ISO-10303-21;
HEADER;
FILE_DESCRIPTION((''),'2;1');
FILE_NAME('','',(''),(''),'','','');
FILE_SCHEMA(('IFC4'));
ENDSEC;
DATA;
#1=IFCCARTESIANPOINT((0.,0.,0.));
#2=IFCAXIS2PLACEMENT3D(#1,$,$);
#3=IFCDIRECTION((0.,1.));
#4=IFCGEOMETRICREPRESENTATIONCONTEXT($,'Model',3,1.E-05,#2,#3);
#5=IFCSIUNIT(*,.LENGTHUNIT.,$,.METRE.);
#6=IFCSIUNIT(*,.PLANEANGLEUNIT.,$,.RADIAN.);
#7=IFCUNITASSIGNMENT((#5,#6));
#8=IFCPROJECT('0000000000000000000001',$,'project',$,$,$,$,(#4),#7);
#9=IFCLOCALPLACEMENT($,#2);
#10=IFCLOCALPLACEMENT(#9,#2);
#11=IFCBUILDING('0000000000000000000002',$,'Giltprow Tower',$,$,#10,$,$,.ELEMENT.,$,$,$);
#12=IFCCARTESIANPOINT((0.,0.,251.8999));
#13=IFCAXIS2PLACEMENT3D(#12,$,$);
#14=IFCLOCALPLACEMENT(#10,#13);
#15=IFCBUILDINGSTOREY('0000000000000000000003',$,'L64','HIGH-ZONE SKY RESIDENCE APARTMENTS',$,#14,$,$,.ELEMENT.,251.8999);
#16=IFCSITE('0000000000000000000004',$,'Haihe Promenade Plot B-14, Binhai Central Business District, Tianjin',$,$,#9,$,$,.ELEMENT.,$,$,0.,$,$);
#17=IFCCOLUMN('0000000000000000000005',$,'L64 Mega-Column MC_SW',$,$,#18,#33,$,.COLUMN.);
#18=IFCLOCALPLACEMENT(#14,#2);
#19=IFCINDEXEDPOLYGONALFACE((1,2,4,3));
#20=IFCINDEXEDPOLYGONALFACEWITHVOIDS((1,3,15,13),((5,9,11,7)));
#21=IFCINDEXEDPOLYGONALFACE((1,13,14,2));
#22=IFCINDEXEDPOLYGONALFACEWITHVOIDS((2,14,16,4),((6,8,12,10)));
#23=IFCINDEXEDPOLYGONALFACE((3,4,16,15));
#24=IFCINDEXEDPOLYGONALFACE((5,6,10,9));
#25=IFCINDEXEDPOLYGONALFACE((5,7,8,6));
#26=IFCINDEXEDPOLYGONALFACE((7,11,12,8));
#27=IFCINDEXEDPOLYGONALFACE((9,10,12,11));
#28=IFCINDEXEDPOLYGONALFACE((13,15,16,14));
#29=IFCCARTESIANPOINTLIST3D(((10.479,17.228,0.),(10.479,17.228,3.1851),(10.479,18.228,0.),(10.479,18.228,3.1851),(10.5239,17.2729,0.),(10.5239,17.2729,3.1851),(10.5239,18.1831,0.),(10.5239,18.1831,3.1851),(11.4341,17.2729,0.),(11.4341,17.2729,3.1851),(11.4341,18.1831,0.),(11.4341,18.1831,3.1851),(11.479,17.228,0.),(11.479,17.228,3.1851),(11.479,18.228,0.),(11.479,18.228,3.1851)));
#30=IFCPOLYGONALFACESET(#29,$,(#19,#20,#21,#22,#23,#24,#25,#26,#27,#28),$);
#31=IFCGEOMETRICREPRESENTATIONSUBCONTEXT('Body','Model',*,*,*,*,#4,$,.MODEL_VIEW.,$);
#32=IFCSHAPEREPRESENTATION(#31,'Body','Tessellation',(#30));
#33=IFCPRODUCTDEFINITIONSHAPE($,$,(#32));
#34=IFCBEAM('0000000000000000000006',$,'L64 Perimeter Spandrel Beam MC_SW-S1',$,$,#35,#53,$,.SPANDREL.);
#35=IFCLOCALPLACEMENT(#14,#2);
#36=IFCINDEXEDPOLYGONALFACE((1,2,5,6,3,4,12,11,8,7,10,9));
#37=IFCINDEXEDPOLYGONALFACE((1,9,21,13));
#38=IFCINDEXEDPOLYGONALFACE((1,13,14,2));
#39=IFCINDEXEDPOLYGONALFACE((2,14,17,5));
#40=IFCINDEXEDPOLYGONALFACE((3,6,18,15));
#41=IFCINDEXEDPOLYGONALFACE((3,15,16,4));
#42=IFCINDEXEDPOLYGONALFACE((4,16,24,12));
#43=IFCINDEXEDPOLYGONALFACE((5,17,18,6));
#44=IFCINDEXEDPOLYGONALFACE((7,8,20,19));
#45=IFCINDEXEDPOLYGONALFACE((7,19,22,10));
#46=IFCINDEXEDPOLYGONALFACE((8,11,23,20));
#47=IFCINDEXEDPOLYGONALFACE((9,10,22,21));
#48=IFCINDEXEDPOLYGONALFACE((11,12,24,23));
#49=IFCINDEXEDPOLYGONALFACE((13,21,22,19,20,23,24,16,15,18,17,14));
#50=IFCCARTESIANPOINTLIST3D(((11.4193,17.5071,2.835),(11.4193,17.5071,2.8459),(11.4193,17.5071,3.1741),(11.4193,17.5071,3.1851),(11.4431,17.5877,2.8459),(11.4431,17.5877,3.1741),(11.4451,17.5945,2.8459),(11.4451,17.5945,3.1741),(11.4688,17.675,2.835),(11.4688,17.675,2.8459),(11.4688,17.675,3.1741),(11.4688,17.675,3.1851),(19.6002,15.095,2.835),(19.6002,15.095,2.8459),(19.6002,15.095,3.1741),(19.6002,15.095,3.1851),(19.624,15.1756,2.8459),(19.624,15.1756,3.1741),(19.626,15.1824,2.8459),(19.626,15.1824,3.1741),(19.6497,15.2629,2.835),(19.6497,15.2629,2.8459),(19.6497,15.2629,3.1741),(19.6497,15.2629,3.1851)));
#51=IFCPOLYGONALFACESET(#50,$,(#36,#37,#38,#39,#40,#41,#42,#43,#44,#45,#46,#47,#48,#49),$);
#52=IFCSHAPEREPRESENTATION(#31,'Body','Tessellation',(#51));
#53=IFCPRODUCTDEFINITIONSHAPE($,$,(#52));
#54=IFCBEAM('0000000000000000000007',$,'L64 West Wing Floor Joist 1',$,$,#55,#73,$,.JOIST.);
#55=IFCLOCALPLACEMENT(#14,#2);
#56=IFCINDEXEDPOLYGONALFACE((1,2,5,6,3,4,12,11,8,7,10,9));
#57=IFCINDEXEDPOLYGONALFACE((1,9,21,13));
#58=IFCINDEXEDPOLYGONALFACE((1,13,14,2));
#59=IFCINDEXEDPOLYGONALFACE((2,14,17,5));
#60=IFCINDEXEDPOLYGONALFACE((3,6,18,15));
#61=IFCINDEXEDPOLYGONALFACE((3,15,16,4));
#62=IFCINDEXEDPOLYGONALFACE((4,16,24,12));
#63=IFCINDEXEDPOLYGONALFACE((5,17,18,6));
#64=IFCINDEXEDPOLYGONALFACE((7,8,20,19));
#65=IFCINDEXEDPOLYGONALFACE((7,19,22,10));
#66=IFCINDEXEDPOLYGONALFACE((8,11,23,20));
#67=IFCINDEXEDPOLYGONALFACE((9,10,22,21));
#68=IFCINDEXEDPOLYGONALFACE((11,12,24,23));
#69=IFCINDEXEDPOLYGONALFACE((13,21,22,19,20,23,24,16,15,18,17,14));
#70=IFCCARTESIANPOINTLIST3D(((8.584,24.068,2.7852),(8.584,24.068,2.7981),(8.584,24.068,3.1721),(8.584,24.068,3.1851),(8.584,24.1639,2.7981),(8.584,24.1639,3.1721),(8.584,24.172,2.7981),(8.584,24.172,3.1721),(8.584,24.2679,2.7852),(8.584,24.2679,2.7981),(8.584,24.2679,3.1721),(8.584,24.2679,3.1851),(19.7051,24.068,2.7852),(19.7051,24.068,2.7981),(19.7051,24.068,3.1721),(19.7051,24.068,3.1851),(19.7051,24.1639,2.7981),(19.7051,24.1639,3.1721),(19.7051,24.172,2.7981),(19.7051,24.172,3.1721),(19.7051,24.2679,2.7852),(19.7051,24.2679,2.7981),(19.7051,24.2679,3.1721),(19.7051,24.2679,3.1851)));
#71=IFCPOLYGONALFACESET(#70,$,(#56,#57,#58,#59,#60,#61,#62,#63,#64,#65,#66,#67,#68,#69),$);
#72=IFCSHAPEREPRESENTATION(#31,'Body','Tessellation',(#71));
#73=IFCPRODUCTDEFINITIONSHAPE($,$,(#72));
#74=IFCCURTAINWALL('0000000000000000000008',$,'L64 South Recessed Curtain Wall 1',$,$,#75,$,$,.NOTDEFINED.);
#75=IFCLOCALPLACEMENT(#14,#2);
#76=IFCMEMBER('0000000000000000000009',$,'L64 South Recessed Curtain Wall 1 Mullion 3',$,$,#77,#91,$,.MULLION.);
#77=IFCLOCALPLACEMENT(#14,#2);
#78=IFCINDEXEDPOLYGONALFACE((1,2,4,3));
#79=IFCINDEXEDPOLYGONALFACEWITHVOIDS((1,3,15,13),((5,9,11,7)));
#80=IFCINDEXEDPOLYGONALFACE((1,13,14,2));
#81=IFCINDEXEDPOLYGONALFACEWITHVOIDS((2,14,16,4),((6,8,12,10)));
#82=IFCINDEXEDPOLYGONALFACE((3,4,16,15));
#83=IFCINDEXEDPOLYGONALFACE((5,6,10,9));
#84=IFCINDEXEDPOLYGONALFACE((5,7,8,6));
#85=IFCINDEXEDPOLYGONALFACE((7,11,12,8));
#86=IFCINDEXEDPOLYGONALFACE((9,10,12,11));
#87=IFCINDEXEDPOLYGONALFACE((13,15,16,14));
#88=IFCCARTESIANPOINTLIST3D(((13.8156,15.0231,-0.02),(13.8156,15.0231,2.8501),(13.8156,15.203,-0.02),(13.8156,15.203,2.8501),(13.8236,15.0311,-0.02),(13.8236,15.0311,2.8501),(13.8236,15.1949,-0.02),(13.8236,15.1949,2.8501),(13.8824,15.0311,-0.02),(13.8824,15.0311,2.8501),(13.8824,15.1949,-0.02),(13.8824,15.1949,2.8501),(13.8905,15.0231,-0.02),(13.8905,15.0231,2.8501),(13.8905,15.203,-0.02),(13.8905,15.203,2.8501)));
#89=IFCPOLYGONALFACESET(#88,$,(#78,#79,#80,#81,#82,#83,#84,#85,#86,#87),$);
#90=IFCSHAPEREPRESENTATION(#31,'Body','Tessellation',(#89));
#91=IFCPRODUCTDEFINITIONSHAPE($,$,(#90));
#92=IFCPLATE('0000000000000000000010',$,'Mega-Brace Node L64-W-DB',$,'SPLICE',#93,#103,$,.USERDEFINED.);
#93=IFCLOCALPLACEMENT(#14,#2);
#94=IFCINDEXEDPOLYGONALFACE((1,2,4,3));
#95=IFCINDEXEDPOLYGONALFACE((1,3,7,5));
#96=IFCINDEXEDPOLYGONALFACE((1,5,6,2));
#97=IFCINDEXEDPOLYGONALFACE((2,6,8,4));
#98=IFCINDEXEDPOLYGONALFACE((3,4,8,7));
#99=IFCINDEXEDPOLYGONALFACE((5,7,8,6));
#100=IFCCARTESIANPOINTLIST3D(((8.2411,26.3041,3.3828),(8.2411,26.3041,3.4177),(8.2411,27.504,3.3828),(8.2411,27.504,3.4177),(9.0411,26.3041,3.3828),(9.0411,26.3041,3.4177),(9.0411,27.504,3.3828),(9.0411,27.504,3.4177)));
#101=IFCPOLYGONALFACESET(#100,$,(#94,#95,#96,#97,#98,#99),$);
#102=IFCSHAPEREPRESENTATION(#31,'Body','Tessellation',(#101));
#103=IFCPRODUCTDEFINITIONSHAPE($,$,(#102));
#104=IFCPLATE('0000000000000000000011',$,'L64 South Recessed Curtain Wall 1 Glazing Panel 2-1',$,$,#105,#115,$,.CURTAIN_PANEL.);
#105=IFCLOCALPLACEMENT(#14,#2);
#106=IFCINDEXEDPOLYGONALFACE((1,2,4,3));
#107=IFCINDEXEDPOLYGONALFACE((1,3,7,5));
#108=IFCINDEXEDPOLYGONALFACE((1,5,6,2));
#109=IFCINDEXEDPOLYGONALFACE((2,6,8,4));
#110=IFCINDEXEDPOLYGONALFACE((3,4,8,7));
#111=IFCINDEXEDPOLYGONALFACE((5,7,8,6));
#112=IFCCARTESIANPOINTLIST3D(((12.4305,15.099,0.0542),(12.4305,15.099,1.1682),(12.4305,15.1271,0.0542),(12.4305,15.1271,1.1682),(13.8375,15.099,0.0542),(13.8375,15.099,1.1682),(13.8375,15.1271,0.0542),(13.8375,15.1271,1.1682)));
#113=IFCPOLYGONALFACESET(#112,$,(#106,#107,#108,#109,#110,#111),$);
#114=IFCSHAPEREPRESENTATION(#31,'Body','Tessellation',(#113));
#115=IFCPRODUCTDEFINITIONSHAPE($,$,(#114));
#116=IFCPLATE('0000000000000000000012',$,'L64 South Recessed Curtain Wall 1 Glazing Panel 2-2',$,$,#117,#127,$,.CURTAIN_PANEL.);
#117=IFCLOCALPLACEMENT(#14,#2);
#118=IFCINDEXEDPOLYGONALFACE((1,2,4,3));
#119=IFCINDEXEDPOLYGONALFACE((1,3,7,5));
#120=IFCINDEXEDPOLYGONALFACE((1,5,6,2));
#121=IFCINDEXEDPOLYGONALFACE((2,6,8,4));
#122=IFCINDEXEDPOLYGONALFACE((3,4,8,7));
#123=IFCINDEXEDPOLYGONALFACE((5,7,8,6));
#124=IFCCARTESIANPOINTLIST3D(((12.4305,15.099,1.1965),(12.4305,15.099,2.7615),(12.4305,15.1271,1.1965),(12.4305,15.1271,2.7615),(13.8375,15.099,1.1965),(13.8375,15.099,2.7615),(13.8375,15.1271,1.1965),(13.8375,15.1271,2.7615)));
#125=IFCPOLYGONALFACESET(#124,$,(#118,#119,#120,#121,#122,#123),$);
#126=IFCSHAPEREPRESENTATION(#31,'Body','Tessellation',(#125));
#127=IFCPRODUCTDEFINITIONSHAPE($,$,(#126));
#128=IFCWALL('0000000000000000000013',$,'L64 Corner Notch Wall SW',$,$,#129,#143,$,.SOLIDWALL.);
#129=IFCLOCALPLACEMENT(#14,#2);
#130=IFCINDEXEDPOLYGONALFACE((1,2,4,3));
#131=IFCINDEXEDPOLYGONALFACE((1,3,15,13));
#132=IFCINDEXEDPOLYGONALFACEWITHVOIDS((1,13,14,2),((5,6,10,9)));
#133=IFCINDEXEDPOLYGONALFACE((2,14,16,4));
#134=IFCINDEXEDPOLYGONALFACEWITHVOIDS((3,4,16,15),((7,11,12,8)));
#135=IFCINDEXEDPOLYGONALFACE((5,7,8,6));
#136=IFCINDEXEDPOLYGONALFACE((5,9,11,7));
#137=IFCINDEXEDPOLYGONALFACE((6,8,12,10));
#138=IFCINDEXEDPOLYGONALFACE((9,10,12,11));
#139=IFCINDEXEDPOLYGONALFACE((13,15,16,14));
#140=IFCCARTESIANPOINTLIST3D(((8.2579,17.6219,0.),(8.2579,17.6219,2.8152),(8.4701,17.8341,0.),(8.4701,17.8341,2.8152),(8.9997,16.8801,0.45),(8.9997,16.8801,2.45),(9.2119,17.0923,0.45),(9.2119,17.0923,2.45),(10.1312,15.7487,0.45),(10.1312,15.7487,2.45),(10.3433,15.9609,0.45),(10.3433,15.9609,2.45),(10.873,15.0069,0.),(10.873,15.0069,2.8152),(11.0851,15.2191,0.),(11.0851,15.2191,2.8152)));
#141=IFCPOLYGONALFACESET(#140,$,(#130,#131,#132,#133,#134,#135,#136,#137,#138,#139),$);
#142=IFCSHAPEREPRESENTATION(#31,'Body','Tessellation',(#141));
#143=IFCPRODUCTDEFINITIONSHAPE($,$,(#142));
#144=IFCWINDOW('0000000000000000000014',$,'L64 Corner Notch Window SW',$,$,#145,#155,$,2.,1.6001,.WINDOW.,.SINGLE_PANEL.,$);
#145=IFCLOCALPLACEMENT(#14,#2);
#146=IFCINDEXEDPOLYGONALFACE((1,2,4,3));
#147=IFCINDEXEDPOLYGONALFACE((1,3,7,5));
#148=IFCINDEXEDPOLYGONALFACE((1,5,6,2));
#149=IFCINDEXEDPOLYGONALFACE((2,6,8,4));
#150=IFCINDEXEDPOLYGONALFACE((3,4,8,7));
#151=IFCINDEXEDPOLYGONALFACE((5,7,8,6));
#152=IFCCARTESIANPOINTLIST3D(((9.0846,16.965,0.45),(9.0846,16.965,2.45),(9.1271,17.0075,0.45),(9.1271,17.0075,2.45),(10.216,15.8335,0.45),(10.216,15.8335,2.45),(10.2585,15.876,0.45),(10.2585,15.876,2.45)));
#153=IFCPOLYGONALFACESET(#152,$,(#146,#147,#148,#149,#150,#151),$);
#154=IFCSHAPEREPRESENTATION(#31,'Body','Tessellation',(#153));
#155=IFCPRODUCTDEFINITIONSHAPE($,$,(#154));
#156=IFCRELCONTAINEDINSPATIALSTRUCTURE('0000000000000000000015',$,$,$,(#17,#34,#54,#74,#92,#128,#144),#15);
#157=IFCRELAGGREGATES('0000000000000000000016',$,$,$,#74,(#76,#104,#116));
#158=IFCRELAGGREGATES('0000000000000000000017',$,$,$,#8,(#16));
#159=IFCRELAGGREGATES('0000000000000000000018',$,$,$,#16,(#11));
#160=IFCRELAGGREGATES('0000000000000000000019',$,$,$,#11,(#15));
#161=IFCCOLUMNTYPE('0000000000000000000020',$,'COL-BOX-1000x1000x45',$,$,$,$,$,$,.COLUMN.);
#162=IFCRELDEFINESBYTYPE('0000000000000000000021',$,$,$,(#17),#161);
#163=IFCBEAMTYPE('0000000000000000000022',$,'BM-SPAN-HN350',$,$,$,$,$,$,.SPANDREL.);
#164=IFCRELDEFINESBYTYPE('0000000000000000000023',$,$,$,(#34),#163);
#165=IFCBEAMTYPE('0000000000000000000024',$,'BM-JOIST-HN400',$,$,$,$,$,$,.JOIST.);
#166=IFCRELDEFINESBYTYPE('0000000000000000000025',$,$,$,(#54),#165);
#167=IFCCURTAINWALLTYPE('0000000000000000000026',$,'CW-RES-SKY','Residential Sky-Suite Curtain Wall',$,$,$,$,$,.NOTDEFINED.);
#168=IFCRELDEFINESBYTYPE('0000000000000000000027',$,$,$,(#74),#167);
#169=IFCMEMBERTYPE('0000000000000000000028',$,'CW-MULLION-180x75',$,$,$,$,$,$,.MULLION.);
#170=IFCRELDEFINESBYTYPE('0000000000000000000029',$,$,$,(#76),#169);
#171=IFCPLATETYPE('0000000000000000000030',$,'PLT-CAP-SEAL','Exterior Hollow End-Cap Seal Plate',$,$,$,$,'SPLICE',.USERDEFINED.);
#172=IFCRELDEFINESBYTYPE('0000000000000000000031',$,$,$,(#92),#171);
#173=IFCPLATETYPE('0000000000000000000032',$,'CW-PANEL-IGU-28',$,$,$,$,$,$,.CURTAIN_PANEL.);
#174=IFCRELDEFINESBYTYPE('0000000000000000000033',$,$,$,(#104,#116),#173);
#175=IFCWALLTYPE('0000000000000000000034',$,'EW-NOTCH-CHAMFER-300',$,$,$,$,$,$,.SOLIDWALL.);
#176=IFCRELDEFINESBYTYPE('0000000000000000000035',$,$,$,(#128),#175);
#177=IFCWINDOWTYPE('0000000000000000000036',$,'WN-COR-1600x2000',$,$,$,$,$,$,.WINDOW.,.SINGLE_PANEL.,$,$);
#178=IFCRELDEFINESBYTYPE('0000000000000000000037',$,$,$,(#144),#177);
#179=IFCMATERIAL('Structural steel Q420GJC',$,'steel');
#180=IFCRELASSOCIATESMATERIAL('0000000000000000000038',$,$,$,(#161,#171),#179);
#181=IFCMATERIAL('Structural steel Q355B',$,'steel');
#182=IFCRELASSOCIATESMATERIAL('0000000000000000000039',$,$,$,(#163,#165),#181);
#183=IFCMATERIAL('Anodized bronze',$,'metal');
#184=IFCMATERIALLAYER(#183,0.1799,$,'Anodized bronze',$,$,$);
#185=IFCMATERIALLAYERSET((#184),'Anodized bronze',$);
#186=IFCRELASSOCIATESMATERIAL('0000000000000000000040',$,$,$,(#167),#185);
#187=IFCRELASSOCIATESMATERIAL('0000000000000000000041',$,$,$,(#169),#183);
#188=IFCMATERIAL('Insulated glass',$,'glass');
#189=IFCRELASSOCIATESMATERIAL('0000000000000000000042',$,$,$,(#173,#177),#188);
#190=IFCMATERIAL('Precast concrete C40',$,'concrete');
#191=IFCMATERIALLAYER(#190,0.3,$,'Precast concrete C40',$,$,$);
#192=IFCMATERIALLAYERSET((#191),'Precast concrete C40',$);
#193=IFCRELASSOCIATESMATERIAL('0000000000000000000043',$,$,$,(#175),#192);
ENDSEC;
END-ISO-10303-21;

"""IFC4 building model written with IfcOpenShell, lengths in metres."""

from ifc_helpers import new_model, si_unit, direction, frame, frame_2d, origin, origin_2d, place, context, subcontext, project, spatial, rectangle, hollow_rectangle, i_section, extrude, source, transform, mapped, material, layer, layer_set, material_profile, profile_set, type_object, element, fill, aggregate, save


model = new_model("IFC4")

# Units and contexts
model_context = context("Model", 3, precision=1e-05, world=origin(), true_north=direction((0.0, 1.0)))
body_context = subcontext(model_context, "Body", "Model", "MODEL_VIEW")
ifc_project = project(units=[si_unit("LENGTHUNIT", "METRE"), si_unit("PLANEANGLEUNIT", "RADIAN")], contexts=[model_context])

# Site, building, storey
site_placement = place(None, origin())
site = spatial("IfcSite", under=ifc_project, at=site_placement, Name="Haihe Promenade Plot B-14, Binhai Central Business District, Tianjin", CompositionType="ELEMENT", RefElevation=0.0)
building_placement = place(site_placement, origin())
building = spatial("IfcBuilding", under=site, at=building_placement, Name="Giltprow Tower", CompositionType="ELEMENT")
storey_placement = place(building_placement, frame((0.0, 0.0, 251.8999)))
storey = spatial("IfcBuildingStorey", under=building, at=storey_placement, Name="L64", Description="HIGH-ZONE SKY RESIDENCE APARTMENTS", CompositionType="ELEMENT", Elevation=251.8999)

# Column
ifc_material_1 = material(Name="Structural steel Q420GJC", Category="steel")
ifc_material_profile_1 = material_profile(ifc_material_1, hollow_rectangle(XDim=1.0, YDim=1.0, WallThickness=0.0449, at=origin_2d()), Name="BOX 1000x1000x45")
ifc_profile_set_1 = profile_set([ifc_material_profile_1], Name="Structural steel Q420GJC")
column_type = type_object("IfcColumnType", Name="COL-BOX-1000x1000x45", PredefinedType="COLUMN", material=ifc_profile_set_1)
shared_shape_1 = source(origin(), body_context, "Body", "SweptSolid", [
    extrude(hollow_rectangle(XDim=1.0, YDim=1.0, WallThickness=0.0449, at=origin_2d()), origin(), (0.0, 0.0, 1.0), 3.1851),
])
column_placement = place(storey_placement, frame((10.979, 17.728, 0.0), z_axis=(0.0, 0.0, 1.0), x_axis=(1.0, 0.0, 0.0)))
element("IfcColumn", 1, at=column_placement, inside=storey, type_object=column_type, Name="L64 Mega-Column MC_SW", PredefinedType="COLUMN", context=body_context, shape_type="MappedRepresentation", body=[
    mapped(shared_shape_1, transform((0.0, 0.0, 0.0), x_axis=(1.0, 0.0, 0.0), y_axis=(0.0, 1.0, 0.0), z_axis=(0.0, 0.0, 1.0), scale=1.0)),
])

# Beams
ifc_material_2 = material(Name="Structural steel Q355B", Category="steel")
ifc_material_profile_2 = material_profile(ifc_material_2, i_section(OverallWidth=0.175, OverallDepth=0.3501, WebThickness=0.0071, FlangeThickness=0.011, at=origin_2d()), Name="HN 350x175x7x11")
ifc_profile_set_2 = profile_set([ifc_material_profile_2], Name="Structural steel Q355B")
beam_type_1 = type_object("IfcBeamType", Name="BM-SPAN-HN350", PredefinedType="SPANDREL", material=ifc_profile_set_2)
shared_shape_2 = source(origin(), body_context, "Body", "SweptSolid", [
    extrude(i_section(OverallWidth=0.175, OverallDepth=0.3501, WebThickness=0.0071, FlangeThickness=0.011, at=origin_2d()), origin(), (0.0, 0.0, 1.0), 8.5291),
])
beam_1_placement = place(storey_placement, frame((11.4441, 17.5911, 3.01), z_axis=(0.959176, -0.282809, 0.0), x_axis=(0.282809, 0.959176, 0.0)))
element("IfcBeam", 2, at=beam_1_placement, inside=storey, type_object=beam_type_1, Name="L64 Perimeter Spandrel Beam MC_SW-S1", PredefinedType="SPANDREL", context=body_context, shape_type="MappedRepresentation", body=[
    mapped(shared_shape_2, transform((0.0, 0.0, 0.0), x_axis=(1.0, 0.0, 0.0), y_axis=(0.0, 1.0, 0.0), z_axis=(0.0, 0.0, 1.0), scale=1.0)),
])
ifc_material_profile_3 = material_profile(ifc_material_2, i_section(OverallWidth=0.2, OverallDepth=0.3999, WebThickness=0.0081, FlangeThickness=0.0129, at=origin_2d()), Name="HN 400x200x8x13")
ifc_profile_set_3 = profile_set([ifc_material_profile_3], Name="Structural steel Q355B")
beam_type_2 = type_object("IfcBeamType", Name="BM-JOIST-HN400", PredefinedType="JOIST", material=ifc_profile_set_3)
shared_shape_3 = source(origin(), body_context, "Body", "SweptSolid", [
    extrude(i_section(OverallWidth=0.2, OverallDepth=0.3999, WebThickness=0.0081, FlangeThickness=0.0129, at=origin_2d()), origin(), (0.0, 0.0, 1.0), 11.1211),
])
beam_2_placement = place(storey_placement, frame((8.584, 24.168, 2.9851), z_axis=(1.0, 0.0, 0.0), x_axis=(0.0, 1.0, 0.0)))
element("IfcBeam", 3, at=beam_2_placement, inside=storey, type_object=beam_type_2, Name="L64 West Wing Floor Joist 1", PredefinedType="JOIST", context=body_context, shape_type="MappedRepresentation", body=[
    mapped(shared_shape_3, transform((0.0, 0.0, 0.0), x_axis=(1.0, 0.0, 0.0), y_axis=(0.0, 1.0, 0.0), z_axis=(0.0, 0.0, 1.0), scale=1.0)),
])

# Curtain wall, member
ifc_material_3 = material(Name="Anodized bronze", Category="metal")
ifc_layer_1 = layer(ifc_material_3, 0.1799, Name="Anodized bronze")
ifc_layer_set_1 = layer_set([ifc_layer_1], Name="Anodized bronze")
curtain_wall_type = type_object("IfcCurtainWallType", Name="CW-RES-SKY", Description="Residential Sky-Suite Curtain Wall", PredefinedType="NOTDEFINED", material=ifc_layer_set_1)
curtain_wall_placement = place(storey_placement, origin())
curtain_wall = element("IfcCurtainWall", 4, at=curtain_wall_placement, inside=storey, type_object=curtain_wall_type, Name="L64 South Recessed Curtain Wall 1", PredefinedType="NOTDEFINED")
ifc_material_profile_4 = material_profile(ifc_material_3, hollow_rectangle(XDim=0.075, YDim=0.1799, WallThickness=0.0081, at=origin_2d()), Name="RHS 180x75x8")
ifc_profile_set_4 = profile_set([ifc_material_profile_4], Name="Anodized bronze")
member_type = type_object("IfcMemberType", Name="CW-MULLION-180x75", PredefinedType="MULLION", material=ifc_profile_set_4)
shared_shape_4 = source(origin(), body_context, "Body", "SweptSolid", [
    extrude(hollow_rectangle(XDim=0.075, YDim=0.1799, WallThickness=0.0081, at=origin_2d()), origin(), (0.0, 0.0, 1.0), 2.8701),
])
member_placement = place(storey_placement, frame((13.853, 15.113, -0.02), z_axis=(0.0, 0.0, 1.0), x_axis=(1.0, 0.0, 0.0)))
member = element("IfcMember", 5, at=member_placement, type_object=member_type, Name="L64 South Recessed Curtain Wall 1 Mullion 3", PredefinedType="MULLION", context=body_context, shape_type="MappedRepresentation", body=[
    mapped(shared_shape_4, transform((0.0, 0.0, 0.0), x_axis=(1.0, 0.0, 0.0), y_axis=(0.0, 1.0, 0.0), z_axis=(0.0, 0.0, 1.0), scale=1.0)),
])

# Plates
plate_type_1 = type_object("IfcPlateType", Name="PLT-CAP-SEAL", Description="Exterior Hollow End-Cap Seal Plate", ElementType="SPLICE", PredefinedType="USERDEFINED", material=ifc_material_1)
shared_shape_5 = source(origin(), body_context, "Body", "SweptSolid", [
    extrude(rectangle(XDim=1.2, YDim=0.8, at=origin_2d()), origin(), (0.0, 0.0, 1.0), 0.0349),
])
plate_1_placement = place(storey_placement, frame((8.6411, 26.9041, 3.3828), z_axis=(0.0, 0.0, 1.0), x_axis=(0.0, 1.0, 0.0)))
element("IfcPlate", 6, at=plate_1_placement, inside=storey, type_object=plate_type_1, Name="Mega-Brace Node L64-W-DB", ObjectType="SPLICE", PredefinedType="USERDEFINED", context=body_context, shape_type="MappedRepresentation", body=[
    mapped(shared_shape_5, transform((0.0, 0.0, 0.0), x_axis=(1.0, 0.0, 0.0), y_axis=(0.0, 1.0, 0.0), z_axis=(0.0, 0.0, 1.0), scale=1.0)),
])
ifc_material_4 = material(Name="Insulated glass", Category="glass")
plate_type_2 = type_object("IfcPlateType", Name="CW-PANEL-IGU-28", PredefinedType="CURTAIN_PANEL", material=ifc_material_4)
shared_shape_6 = source(origin(), body_context, "Body", "SweptSolid", [
    extrude(rectangle(XDim=1.407, YDim=0.0281, at=origin_2d()), origin(), (0.0, 0.0, 1.0), 1.114),
])
plate_2_placement = place(storey_placement, frame((13.134, 15.113, 0.0542), z_axis=(0.0, 0.0, 1.0), x_axis=(1.0, 0.0, 0.0)))
plate_2 = element("IfcPlate", 7, at=plate_2_placement, type_object=plate_type_2, Name="L64 South Recessed Curtain Wall 1 Glazing Panel 2-1", PredefinedType="CURTAIN_PANEL", context=body_context, shape_type="MappedRepresentation", body=[
    mapped(shared_shape_6, transform((0.0, 0.0, 0.0), x_axis=(1.0, 0.0, 0.0), y_axis=(0.0, 1.0, 0.0), z_axis=(0.0, 0.0, 1.0), scale=1.0)),
])
shared_shape_7 = source(origin(), body_context, "Body", "SweptSolid", [
    extrude(rectangle(XDim=1.407, YDim=0.0281, at=origin_2d()), origin(), (0.0, 0.0, 1.0), 1.5649),
])
plate_3_placement = place(storey_placement, frame((13.134, 15.113, 1.1965), z_axis=(0.0, 0.0, 1.0), x_axis=(1.0, 0.0, 0.0)))
plate_3 = element("IfcPlate", 8, at=plate_3_placement, type_object=plate_type_2, Name="L64 South Recessed Curtain Wall 1 Glazing Panel 2-2", PredefinedType="CURTAIN_PANEL", context=body_context, shape_type="MappedRepresentation", body=[
    mapped(shared_shape_7, transform((0.0, 0.0, 0.0), x_axis=(1.0, 0.0, 0.0), y_axis=(0.0, 1.0, 0.0), z_axis=(0.0, 0.0, 1.0), scale=1.0)),
])
aggregate(curtain_wall, [member, plate_2, plate_3])

# Wall, opening, window
ifc_material_5 = material(Name="Precast concrete C40", Category="concrete")
ifc_layer_2 = layer(ifc_material_5, 0.3, Name="Precast concrete C40")
ifc_layer_set_2 = layer_set([ifc_layer_2], Name="Precast concrete C40")
wall_type_1 = type_object("IfcWallType", Name="EW-NOTCH-CHAMFER-300", PredefinedType="SOLIDWALL", material=ifc_layer_set_2)
wall_1_placement = place(storey_placement, frame((8.364, 17.728, 0.0), z_axis=(0.0, 0.0, 1.0), x_axis=(0.707107, -0.707107, 0.0)))
wall_1 = element("IfcWall", 9, at=wall_1_placement, inside=storey, type_object=wall_type_1, Name="L64 Corner Notch Wall SW", PredefinedType="SOLIDWALL", context=body_context, shape_type="SweptSolid", body=[
    extrude(rectangle(XDim=3.6982, YDim=0.3, at=frame_2d((1.8491, 0.0))), origin(), (0.0, 0.0, 1.0), 2.8152),
])
opening_1_placement = place(wall_1_placement, frame((1.0491, 0.0, 0.45)))
opening_1 = element("IfcOpeningElement", 10, at=opening_1_placement, cuts=wall_1, PredefinedType="OPENING", context=body_context, shape_type="SweptSolid", body=[
    extrude(rectangle(XDim=1.6001, YDim=2.0, at=frame_2d((0.8, 1.0))), frame((0.0, 0.1599, 0.0), z_axis=(0.0, -1.0, 0.0), x_axis=(1.0, 0.0, 0.0)), (0.0, 0.0, 1.0), 0.3201),
])
window_type_1 = type_object("IfcWindowType", Name="WN-COR-1600x2000", PartitioningType="SINGLE_PANEL", PredefinedType="WINDOW", material=ifc_material_4)
shared_shape_8 = source(origin(), body_context, "Body", "SweptSolid", [
    extrude(rectangle(XDim=1.6001, YDim=2.0, at=frame_2d((0.8, 1.0))), frame((0.0, 0.03, 0.0), z_axis=(0.0, -1.0, 0.0), x_axis=(1.0, 0.0, 0.0)), (0.0, 0.0, 1.0), 0.0601),
])
window_1_placement = place(opening_1_placement, origin())
window_1 = element("IfcWindow", 11, at=window_1_placement, inside=storey, type_object=window_type_1, Name="L64 Corner Notch Window SW", OverallHeight=2.0, OverallWidth=1.6001, PartitioningType="SINGLE_PANEL", PredefinedType="WINDOW", context=body_context, shape_type="MappedRepresentation", body=[
    mapped(shared_shape_8, transform((0.0, 0.0, 0.0), x_axis=(1.0, 0.0, 0.0), y_axis=(0.0, 1.0, 0.0), z_axis=(0.0, 0.0, 1.0), scale=1.0)),
])
fill(opening_1, window_1)

save(model, "model.ifc")
